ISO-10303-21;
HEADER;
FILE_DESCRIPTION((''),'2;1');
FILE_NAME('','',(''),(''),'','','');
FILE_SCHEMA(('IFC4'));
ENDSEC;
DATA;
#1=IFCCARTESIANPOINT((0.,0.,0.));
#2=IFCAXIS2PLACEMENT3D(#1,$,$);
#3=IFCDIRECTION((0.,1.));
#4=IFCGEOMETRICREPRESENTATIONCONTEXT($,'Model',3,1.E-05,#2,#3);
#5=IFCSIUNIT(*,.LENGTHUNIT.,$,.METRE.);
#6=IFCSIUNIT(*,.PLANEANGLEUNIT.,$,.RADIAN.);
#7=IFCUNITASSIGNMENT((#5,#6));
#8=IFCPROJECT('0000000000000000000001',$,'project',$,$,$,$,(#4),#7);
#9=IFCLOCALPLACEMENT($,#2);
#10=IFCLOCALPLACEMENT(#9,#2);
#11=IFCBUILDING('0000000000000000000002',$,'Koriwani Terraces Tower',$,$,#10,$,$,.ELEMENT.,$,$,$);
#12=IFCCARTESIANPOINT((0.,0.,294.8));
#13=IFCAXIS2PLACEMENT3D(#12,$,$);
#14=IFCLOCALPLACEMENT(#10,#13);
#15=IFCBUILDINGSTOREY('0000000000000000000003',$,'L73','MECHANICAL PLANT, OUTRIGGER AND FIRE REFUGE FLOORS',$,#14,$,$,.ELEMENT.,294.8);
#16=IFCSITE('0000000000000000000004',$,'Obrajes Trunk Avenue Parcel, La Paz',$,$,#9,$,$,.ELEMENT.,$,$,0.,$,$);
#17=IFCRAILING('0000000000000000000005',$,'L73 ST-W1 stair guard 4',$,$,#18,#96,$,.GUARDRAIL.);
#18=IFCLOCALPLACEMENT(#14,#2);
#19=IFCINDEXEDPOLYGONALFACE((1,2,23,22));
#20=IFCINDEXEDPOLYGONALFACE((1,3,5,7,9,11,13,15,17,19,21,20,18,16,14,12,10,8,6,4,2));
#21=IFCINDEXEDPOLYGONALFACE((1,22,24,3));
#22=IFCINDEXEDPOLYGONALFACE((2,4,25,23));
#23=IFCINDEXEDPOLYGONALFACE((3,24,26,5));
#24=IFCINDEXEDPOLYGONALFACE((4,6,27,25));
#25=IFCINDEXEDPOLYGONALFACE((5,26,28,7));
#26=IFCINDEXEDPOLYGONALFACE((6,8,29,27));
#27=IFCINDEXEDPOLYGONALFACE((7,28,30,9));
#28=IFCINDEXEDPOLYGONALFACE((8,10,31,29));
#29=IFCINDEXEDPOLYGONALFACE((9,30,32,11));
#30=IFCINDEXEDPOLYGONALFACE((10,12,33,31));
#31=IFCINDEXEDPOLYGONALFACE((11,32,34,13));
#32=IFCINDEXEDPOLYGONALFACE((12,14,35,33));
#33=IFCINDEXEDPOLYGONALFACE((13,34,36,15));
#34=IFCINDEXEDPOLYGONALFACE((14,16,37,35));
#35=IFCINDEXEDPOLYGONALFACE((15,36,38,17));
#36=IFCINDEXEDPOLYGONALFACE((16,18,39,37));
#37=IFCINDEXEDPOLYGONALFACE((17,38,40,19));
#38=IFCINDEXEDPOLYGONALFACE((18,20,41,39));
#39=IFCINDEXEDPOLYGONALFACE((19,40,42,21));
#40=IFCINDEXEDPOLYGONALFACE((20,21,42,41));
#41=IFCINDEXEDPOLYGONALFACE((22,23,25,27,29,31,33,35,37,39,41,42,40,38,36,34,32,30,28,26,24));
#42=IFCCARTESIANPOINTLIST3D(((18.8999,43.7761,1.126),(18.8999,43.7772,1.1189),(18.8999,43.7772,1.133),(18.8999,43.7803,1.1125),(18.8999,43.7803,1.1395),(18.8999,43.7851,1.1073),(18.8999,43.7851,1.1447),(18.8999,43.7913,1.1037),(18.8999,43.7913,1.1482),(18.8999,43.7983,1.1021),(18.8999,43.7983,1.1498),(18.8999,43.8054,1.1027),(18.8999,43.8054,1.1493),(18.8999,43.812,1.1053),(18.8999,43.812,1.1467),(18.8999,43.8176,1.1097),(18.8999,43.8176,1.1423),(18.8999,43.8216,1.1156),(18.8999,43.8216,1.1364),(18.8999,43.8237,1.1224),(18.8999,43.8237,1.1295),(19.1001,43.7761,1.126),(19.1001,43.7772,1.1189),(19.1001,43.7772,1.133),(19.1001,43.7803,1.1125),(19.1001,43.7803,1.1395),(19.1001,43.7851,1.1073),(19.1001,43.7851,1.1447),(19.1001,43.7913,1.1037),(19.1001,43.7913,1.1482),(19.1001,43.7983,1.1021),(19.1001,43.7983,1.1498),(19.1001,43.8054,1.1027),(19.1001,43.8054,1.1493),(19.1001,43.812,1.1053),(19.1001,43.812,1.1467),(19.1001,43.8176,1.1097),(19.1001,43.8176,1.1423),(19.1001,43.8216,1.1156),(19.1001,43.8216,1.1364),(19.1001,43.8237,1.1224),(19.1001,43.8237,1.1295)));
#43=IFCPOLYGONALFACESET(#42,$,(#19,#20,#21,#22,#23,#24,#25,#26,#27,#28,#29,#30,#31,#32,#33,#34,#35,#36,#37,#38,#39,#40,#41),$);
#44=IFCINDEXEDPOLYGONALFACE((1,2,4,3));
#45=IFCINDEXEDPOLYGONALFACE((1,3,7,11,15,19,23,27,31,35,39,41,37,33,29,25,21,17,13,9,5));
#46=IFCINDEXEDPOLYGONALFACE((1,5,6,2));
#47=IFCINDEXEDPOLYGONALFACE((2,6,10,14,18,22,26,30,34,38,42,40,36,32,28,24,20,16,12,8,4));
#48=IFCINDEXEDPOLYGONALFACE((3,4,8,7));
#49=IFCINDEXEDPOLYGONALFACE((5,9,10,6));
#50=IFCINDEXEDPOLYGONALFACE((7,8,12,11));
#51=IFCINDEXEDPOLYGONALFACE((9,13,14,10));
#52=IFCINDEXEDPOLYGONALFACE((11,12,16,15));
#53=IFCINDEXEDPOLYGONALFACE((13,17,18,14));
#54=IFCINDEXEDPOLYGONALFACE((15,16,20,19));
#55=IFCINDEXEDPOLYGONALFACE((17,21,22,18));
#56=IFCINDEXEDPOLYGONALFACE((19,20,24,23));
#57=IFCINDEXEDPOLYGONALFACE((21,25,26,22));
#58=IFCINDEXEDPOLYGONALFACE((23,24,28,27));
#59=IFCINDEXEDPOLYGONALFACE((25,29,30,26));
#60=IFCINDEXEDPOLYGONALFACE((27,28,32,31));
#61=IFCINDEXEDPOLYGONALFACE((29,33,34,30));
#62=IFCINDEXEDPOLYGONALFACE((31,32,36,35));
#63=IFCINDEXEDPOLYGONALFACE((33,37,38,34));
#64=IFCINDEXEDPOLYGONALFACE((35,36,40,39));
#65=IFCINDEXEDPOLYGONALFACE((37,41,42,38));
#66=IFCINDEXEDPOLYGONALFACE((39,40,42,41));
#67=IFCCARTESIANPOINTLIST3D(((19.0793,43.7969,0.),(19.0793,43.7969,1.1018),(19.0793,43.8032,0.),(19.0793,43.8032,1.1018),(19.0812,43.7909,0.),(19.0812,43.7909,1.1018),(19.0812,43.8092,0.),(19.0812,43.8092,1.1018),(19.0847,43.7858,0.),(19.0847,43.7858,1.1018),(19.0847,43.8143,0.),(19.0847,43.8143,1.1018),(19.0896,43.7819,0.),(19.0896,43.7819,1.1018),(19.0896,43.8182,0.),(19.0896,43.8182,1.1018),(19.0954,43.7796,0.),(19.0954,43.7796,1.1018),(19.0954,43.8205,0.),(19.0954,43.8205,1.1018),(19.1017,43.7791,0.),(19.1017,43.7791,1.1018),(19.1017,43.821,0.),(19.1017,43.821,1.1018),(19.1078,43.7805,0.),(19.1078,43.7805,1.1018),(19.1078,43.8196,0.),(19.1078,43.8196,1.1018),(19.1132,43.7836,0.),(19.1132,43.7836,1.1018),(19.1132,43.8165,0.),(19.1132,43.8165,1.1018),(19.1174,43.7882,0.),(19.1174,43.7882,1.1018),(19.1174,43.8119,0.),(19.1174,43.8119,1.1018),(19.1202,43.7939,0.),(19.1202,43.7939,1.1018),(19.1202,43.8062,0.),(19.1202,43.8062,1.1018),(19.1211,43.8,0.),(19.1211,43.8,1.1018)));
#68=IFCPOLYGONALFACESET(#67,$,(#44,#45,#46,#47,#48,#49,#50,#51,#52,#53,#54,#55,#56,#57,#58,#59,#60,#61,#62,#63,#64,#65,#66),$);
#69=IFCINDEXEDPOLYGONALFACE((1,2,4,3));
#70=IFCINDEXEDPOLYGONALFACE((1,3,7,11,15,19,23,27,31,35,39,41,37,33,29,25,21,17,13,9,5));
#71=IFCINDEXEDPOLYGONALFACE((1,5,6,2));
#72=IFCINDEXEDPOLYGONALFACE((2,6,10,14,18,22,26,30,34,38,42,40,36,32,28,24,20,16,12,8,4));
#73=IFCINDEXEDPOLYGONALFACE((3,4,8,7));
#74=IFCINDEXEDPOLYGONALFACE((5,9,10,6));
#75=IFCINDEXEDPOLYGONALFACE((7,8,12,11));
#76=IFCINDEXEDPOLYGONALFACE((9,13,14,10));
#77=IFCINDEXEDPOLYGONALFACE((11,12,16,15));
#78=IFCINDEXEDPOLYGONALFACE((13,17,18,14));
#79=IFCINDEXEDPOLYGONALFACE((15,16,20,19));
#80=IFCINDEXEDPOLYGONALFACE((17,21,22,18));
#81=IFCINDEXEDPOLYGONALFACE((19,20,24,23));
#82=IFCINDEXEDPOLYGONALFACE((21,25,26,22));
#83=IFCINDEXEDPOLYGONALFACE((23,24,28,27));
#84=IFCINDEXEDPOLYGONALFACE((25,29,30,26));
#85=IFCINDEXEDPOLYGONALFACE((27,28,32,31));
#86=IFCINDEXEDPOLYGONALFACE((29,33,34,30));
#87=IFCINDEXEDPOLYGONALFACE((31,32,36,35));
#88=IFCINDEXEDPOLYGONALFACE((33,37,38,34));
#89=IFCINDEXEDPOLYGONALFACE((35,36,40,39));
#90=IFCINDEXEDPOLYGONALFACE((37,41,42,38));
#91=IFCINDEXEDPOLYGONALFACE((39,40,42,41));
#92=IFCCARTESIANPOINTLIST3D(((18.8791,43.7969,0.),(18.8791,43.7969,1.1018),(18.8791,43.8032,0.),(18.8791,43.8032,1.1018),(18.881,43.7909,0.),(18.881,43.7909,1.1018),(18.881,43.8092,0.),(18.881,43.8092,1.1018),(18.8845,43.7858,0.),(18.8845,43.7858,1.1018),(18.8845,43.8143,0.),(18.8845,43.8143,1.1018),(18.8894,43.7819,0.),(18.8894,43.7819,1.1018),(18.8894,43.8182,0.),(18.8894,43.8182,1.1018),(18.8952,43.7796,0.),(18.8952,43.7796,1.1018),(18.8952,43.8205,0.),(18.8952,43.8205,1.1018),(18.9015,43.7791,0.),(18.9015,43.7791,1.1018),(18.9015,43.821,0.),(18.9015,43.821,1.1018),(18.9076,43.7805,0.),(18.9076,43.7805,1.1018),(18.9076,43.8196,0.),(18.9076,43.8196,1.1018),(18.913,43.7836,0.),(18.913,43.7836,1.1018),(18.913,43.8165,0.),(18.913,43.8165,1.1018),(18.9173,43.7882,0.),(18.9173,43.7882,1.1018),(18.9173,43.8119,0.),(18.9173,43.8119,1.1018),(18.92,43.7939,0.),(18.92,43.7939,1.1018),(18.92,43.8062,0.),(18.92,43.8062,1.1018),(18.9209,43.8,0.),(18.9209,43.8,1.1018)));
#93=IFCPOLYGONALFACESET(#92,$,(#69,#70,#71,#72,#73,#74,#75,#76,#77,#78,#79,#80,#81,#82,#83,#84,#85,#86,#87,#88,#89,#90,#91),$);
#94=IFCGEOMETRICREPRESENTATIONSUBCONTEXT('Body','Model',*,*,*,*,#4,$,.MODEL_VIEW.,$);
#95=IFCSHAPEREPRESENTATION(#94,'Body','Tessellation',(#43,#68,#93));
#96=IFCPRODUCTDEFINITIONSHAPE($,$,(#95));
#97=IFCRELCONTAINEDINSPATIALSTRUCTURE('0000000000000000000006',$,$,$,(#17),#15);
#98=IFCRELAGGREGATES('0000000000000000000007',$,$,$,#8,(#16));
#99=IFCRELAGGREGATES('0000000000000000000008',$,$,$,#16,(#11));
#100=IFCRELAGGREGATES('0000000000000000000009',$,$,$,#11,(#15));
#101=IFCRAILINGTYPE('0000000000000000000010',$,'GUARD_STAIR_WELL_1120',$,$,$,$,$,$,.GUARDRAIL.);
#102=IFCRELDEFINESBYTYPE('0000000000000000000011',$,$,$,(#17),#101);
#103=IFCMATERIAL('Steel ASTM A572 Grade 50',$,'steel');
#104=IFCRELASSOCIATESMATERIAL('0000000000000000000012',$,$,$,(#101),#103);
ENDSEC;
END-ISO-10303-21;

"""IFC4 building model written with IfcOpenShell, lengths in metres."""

from ifc_helpers import new_model, si_unit, direction, frame, origin, origin_2d, place, context, subcontext, project, spatial, circle, extrude, material, type_object, element, save


model = new_model("IFC4")

# Units and contexts
model_context = context("Model", 3, precision=1e-05, world=origin(), true_north=direction((0.0, 1.0)))
body_context = subcontext(model_context, "Body", "Model", "MODEL_VIEW")
ifc_project = project(units=[si_unit("LENGTHUNIT", "METRE"), si_unit("PLANEANGLEUNIT", "RADIAN")], contexts=[model_context])

# Site, building, storey
site_placement = place(None, origin())
site = spatial("IfcSite", under=ifc_project, at=site_placement, Name="Obrajes Trunk Avenue Parcel, La Paz", CompositionType="ELEMENT", RefElevation=0.0)
building_placement = place(site_placement, origin())
building = spatial("IfcBuilding", under=site, at=building_placement, Name="Koriwani Terraces Tower", CompositionType="ELEMENT")
storey_placement = place(building_placement, frame((0.0, 0.0, 294.8)))
storey = spatial("IfcBuildingStorey", under=building, at=storey_placement, Name="L73", Description="MECHANICAL PLANT, OUTRIGGER AND FIRE REFUGE FLOORS", CompositionType="ELEMENT", Elevation=294.8)

# Shared definitions
ifc_material_1 = material(Name="Steel ASTM A572 Grade 50", Category="steel")

# Railing
railing_type_1 = type_object("IfcRailingType", Name="GUARD_STAIR_WELL_1120", PredefinedType="GUARDRAIL", material=ifc_material_1)
railing_1_placement = place(storey_placement, frame((19.1001, 43.8, 0.0)))
element("IfcRailing", 1, at=railing_1_placement, inside=storey, type_object=railing_type_1, Name="L73 ST-W1 stair guard 4", PredefinedType="GUARDRAIL", context=body_context, shape_type="SweptSolid", body=[
    extrude(circle(Radius=0.0239, at=origin_2d()), frame((0.0, 0.0, 1.126), z_axis=(-1.0, 0.0, 0.0), x_axis=(0.0, -1.0, 0.0)), (0.0, 0.0, 1.0), 0.2002),
    extrude(circle(Radius=0.021, at=origin_2d()), origin(), (0.0, 0.0, 1.0), 1.1018),
    extrude(circle(Radius=0.021, at=origin_2d()), frame((-0.2002, 0.0, 0.0)), (0.0, 0.0, 1.0), 1.1018),
])

save(model, "model.ifc")
